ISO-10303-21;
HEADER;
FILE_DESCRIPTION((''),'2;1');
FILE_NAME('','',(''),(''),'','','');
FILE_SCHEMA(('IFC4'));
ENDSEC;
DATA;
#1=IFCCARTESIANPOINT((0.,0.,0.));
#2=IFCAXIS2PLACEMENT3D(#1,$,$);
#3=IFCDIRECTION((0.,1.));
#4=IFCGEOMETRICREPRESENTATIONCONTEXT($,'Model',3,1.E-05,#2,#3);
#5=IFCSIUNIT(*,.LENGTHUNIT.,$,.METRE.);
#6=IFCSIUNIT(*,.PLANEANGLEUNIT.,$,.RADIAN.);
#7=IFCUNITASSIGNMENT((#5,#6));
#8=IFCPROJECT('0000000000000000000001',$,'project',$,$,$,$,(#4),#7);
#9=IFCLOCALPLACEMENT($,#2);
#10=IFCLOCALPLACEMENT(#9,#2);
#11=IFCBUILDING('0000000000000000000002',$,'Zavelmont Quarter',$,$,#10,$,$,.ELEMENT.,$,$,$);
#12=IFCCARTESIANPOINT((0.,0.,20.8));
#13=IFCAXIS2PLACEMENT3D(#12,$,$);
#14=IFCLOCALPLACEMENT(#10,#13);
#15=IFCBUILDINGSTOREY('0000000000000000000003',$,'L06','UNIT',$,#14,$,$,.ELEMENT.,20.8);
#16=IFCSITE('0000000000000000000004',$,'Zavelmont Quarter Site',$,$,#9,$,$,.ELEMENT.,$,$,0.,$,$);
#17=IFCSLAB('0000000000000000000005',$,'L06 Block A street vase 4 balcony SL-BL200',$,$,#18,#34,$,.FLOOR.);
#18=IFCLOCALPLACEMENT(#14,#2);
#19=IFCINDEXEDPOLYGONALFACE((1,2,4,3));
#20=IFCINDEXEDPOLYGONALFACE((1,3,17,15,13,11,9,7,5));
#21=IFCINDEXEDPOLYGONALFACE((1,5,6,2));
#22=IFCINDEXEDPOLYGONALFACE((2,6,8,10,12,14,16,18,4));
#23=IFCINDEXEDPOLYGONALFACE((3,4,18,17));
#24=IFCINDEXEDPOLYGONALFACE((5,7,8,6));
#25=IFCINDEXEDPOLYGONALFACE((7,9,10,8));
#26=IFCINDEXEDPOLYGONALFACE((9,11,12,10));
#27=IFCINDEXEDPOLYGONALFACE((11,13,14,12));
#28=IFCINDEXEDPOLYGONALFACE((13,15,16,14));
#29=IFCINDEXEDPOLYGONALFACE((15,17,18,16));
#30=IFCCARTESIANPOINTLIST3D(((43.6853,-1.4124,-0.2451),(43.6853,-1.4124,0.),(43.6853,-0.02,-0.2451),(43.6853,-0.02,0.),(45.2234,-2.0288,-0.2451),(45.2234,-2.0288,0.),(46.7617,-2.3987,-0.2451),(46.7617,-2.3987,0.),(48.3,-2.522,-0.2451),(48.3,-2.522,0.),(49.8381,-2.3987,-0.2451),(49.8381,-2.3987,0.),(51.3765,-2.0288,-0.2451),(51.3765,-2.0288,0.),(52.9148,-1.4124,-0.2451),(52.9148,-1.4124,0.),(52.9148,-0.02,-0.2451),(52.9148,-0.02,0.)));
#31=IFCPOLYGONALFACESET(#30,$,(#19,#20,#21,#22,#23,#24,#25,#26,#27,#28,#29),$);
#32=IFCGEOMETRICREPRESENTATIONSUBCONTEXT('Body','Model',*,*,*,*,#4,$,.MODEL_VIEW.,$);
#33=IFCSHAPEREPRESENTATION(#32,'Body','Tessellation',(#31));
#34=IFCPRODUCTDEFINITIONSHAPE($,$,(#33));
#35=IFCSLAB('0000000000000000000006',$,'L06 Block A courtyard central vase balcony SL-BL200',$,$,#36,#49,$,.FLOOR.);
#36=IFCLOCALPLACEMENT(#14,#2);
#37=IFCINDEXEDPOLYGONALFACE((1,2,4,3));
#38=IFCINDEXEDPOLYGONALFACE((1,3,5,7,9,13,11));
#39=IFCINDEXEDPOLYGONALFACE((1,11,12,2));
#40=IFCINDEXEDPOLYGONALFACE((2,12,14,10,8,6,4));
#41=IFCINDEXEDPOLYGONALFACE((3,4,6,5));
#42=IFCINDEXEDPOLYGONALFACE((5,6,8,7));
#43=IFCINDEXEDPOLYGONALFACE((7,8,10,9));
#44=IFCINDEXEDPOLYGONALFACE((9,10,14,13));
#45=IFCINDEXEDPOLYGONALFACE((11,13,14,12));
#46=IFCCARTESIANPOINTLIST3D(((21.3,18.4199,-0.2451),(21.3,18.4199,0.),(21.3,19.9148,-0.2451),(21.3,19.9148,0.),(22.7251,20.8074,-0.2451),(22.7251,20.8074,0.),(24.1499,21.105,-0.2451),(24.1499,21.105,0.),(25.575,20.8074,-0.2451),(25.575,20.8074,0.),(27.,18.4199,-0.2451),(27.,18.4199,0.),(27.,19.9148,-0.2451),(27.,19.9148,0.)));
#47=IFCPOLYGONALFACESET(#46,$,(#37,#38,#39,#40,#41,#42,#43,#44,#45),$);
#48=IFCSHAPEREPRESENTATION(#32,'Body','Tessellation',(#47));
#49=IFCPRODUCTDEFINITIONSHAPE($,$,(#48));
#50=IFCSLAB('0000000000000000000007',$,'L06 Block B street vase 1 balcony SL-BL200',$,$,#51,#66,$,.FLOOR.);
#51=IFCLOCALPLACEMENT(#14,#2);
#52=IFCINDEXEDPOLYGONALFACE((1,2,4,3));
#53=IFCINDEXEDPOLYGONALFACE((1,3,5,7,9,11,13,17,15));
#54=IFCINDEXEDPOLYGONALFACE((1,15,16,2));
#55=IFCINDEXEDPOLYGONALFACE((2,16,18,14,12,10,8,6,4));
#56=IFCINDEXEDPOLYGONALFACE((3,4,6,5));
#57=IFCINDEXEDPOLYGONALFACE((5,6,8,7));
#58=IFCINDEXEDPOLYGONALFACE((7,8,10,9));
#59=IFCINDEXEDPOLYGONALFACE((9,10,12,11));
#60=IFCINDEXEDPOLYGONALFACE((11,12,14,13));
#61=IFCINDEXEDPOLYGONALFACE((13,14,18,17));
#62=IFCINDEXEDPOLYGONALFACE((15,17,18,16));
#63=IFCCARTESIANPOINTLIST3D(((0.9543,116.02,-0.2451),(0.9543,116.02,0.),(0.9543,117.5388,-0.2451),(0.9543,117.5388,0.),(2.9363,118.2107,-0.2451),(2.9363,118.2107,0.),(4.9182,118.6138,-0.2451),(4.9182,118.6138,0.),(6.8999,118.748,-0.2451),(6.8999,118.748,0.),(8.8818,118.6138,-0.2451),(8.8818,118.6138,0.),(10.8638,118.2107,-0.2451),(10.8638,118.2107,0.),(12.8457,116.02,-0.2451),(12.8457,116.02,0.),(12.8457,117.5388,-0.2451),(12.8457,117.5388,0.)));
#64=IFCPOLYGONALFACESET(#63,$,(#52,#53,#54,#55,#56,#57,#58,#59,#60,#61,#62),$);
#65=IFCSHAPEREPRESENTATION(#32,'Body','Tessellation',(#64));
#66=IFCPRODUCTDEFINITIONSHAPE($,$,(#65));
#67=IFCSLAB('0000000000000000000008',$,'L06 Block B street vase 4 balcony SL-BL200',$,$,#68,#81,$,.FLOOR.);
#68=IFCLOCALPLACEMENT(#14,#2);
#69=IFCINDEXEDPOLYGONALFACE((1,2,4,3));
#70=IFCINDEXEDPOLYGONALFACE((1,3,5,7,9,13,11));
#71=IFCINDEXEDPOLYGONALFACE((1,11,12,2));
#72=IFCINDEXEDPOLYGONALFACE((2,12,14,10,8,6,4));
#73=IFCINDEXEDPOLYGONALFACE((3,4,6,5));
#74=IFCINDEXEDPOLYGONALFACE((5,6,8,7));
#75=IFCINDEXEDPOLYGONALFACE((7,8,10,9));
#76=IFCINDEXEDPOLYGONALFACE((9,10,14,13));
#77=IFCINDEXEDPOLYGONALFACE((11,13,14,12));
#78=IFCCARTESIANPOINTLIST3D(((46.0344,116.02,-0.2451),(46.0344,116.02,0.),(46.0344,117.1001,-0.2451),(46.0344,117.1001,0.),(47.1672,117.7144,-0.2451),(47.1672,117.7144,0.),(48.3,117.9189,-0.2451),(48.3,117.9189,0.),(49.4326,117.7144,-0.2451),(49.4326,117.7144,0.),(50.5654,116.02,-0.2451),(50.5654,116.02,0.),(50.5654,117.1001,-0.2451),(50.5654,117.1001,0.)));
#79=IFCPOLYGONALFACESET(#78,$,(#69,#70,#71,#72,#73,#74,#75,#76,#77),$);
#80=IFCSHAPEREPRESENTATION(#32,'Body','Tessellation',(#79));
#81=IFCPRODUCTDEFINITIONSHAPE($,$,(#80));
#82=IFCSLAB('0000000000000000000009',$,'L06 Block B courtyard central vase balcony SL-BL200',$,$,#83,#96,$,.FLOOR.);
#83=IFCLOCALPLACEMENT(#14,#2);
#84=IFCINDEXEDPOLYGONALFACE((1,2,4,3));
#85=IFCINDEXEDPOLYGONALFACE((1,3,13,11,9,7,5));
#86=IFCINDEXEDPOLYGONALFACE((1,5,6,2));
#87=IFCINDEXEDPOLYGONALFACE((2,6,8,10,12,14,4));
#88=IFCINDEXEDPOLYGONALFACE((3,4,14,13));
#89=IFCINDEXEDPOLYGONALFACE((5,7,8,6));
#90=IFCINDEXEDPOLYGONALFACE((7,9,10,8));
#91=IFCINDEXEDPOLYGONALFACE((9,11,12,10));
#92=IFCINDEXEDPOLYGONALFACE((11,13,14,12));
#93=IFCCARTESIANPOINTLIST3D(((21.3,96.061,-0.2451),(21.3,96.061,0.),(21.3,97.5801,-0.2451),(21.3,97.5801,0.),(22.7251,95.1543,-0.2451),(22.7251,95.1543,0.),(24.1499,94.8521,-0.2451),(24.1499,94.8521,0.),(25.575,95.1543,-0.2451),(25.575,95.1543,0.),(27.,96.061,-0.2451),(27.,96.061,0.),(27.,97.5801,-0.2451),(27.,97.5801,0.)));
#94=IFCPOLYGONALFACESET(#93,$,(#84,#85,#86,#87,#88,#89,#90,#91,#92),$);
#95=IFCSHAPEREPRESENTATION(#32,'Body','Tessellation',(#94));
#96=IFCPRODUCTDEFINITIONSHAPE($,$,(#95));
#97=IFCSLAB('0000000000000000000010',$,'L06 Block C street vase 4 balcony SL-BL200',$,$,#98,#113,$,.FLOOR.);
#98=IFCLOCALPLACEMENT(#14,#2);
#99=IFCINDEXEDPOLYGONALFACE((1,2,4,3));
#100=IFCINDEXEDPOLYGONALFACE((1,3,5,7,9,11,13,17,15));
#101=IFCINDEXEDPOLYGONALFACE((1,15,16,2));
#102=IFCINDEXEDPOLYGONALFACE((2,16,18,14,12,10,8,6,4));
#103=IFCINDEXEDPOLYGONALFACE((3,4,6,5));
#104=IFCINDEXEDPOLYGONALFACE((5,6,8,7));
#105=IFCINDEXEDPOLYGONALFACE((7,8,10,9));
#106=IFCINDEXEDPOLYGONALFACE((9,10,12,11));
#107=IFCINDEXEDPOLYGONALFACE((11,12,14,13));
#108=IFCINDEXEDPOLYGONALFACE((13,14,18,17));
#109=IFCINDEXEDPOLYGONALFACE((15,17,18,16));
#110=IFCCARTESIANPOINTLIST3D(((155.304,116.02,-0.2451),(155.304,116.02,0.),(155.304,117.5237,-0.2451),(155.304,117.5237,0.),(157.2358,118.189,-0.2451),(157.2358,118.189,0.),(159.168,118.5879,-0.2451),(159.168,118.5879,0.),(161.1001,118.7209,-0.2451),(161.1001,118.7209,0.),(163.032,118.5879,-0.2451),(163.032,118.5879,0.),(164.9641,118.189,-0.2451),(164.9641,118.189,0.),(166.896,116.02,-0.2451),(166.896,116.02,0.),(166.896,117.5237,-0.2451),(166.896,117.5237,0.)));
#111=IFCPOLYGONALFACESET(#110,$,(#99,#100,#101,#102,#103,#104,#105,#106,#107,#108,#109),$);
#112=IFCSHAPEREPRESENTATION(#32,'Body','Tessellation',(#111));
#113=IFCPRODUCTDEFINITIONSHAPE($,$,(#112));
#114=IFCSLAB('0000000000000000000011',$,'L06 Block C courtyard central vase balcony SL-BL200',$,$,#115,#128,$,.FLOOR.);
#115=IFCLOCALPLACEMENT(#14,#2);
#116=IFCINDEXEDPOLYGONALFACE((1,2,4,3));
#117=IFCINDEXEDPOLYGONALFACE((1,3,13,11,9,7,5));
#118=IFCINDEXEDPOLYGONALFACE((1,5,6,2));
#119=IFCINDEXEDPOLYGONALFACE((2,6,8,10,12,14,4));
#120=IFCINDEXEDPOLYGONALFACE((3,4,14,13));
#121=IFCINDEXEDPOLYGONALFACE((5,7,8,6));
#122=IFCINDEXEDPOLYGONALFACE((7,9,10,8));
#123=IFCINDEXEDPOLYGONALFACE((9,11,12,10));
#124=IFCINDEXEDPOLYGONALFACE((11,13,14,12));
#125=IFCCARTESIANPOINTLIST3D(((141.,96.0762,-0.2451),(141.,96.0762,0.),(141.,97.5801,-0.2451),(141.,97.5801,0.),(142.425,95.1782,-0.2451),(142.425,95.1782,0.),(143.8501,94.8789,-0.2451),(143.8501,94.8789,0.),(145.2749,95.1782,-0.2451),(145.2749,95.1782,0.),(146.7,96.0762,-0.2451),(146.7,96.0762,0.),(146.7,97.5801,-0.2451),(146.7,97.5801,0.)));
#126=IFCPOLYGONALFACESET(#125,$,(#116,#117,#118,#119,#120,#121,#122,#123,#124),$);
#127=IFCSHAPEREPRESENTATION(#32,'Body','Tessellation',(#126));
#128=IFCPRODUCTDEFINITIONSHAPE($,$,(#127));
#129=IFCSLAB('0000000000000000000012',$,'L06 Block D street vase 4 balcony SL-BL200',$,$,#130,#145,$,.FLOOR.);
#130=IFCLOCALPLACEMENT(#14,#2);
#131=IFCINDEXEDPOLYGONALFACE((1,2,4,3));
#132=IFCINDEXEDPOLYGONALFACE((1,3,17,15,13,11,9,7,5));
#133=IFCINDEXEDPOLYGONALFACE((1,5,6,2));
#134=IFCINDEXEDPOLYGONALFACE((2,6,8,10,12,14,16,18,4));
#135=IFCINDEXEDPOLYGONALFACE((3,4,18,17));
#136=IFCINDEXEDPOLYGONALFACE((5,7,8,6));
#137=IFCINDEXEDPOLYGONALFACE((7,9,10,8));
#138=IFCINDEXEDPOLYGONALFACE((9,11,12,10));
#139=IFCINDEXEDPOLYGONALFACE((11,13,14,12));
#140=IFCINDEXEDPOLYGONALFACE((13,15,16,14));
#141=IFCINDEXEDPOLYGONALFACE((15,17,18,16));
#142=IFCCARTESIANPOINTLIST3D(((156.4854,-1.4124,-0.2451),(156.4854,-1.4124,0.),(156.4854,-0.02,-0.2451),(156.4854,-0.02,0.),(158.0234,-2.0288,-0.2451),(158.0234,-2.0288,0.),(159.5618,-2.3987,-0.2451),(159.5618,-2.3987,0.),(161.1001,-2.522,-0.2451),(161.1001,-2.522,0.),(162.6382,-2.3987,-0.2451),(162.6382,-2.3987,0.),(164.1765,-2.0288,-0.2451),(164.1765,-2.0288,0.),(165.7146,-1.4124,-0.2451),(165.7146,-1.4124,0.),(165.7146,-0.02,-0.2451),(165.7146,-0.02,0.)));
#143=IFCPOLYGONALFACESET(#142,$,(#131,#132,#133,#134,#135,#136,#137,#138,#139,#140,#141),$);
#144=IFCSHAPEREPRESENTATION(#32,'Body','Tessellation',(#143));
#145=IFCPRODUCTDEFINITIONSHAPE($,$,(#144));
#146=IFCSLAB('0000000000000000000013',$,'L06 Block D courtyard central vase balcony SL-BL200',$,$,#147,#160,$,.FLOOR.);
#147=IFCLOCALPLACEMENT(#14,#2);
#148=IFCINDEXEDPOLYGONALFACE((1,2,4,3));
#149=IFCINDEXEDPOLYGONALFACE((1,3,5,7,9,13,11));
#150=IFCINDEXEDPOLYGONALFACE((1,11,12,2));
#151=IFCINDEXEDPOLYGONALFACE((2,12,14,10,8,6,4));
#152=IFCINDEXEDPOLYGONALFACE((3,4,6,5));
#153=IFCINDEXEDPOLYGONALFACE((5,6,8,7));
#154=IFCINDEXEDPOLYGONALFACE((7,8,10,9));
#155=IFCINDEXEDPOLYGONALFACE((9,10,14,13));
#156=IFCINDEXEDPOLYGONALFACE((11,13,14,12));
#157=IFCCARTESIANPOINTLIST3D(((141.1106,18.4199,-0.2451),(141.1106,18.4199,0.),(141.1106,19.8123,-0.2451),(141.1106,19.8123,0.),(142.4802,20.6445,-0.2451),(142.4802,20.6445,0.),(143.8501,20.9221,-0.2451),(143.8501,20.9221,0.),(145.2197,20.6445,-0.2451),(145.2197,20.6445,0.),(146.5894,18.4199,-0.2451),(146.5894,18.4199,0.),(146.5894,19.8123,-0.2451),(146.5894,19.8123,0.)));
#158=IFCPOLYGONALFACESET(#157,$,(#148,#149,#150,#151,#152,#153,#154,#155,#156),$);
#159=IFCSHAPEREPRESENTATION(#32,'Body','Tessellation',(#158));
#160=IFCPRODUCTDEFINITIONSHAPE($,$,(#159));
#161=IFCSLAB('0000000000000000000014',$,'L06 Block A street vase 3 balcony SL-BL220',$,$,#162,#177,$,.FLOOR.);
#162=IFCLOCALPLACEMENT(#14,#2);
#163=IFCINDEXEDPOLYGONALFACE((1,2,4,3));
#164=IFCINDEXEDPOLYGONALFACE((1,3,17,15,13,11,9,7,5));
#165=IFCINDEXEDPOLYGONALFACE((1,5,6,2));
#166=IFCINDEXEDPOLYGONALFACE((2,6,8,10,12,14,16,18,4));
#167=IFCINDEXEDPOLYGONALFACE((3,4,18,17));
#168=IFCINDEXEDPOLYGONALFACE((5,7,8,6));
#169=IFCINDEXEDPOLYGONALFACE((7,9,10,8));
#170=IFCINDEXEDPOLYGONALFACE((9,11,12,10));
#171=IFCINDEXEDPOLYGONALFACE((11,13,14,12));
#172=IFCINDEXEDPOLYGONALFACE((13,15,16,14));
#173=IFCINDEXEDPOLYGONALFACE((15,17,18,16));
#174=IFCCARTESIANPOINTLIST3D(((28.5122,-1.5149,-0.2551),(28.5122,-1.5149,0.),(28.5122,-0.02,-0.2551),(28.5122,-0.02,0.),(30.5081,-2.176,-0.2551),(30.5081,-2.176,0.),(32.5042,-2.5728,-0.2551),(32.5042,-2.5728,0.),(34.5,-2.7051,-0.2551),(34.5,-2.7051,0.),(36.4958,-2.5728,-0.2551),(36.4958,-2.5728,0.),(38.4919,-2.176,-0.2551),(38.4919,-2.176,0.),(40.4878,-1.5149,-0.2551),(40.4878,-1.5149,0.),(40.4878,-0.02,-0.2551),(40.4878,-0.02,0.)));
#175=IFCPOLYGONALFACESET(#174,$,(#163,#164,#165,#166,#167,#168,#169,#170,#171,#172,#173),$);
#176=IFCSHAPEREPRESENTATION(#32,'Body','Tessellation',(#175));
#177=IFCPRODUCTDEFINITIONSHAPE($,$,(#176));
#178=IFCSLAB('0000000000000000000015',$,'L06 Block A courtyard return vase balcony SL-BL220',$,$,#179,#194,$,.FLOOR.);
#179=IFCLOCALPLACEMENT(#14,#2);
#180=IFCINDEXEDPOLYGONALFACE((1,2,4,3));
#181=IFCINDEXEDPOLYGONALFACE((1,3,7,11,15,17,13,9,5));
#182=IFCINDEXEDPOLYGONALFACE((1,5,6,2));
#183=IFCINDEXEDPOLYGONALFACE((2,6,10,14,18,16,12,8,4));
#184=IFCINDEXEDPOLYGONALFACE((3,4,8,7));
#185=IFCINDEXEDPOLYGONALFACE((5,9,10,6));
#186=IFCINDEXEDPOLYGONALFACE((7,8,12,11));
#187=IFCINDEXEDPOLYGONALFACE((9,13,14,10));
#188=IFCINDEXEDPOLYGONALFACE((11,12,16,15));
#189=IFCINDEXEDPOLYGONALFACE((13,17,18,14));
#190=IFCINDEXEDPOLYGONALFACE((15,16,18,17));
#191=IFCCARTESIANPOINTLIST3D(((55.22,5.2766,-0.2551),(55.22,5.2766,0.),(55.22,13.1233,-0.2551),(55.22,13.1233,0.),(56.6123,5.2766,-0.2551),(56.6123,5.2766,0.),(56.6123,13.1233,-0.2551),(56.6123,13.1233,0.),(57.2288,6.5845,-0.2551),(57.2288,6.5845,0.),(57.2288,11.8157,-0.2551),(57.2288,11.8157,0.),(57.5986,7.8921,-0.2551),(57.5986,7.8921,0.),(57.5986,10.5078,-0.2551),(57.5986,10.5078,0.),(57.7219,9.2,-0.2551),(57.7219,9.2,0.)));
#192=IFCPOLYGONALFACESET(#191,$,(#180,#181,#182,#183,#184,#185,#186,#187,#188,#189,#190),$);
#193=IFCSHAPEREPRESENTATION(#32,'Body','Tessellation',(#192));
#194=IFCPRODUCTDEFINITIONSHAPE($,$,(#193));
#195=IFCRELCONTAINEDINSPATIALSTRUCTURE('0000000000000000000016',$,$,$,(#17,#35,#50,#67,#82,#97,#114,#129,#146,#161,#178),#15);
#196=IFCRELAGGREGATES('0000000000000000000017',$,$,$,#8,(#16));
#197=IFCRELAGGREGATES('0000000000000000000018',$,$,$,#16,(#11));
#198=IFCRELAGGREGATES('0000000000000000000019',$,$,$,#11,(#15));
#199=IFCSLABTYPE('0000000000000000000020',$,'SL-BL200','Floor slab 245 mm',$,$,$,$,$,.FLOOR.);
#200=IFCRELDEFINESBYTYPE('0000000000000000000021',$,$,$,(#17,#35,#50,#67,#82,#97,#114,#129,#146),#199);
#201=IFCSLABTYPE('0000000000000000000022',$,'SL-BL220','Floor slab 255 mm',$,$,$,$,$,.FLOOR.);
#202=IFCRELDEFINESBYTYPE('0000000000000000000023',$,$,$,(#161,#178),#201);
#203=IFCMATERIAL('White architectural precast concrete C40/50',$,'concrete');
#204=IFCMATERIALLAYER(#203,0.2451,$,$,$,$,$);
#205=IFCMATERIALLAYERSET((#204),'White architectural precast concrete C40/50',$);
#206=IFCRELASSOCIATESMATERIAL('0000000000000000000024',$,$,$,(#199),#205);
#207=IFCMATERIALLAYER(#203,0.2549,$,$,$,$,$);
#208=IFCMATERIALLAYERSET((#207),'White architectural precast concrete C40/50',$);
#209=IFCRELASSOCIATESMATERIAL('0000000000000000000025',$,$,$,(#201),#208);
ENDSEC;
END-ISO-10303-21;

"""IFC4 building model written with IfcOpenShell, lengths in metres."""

from ifc_helpers import new_model, si_unit, direction, frame, origin, place, context, subcontext, project, spatial, polyline, outline, extrude, material, layer, layer_set, type_object, element, save


model = new_model("IFC4")

# Units and contexts
model_context = context("Model", 3, precision=1e-05, world=origin(), true_north=direction((0.0, 1.0)))
body_context = subcontext(model_context, "Body", "Model", "MODEL_VIEW")
ifc_project = project(units=[si_unit("LENGTHUNIT", "METRE"), si_unit("PLANEANGLEUNIT", "RADIAN")], contexts=[model_context])

# Site, building, storey
site_placement = place(None, origin())
site = spatial("IfcSite", under=ifc_project, at=site_placement, Name="Zavelmont Quarter Site", CompositionType="ELEMENT", RefElevation=0.0)
building_placement = place(site_placement, origin())
building = spatial("IfcBuilding", under=site, at=building_placement, Name="Zavelmont Quarter", CompositionType="ELEMENT")
storey_placement = place(building_placement, frame((0.0, 0.0, 20.8)))
storey = spatial("IfcBuildingStorey", under=building, at=storey_placement, Name="L06", Description="UNIT", CompositionType="ELEMENT", Elevation=20.8)

# Slabs
ifc_material_1 = material(Name="White architectural precast concrete C40/50", Category="concrete")
ifc_layer_1 = layer(ifc_material_1, 0.2451)
ifc_layer_set_1 = layer_set([ifc_layer_1], Name="White architectural precast concrete C40/50")
slab_type_1 = type_object("IfcSlabType", Name="SL-BL200", Description="Floor slab 245 mm", PredefinedType="FLOOR", material=ifc_layer_set_1)
slab_1_placement = place(storey_placement, frame((0.0, 0.0, -0.2451)))
element("IfcSlab", 1, at=slab_1_placement, inside=storey, type_object=slab_type_1, Name="L06 Block A street vase 4 balcony SL-BL200", PredefinedType="FLOOR", context=body_context, shape_type="SweptSolid", body=[
    extrude(outline(polyline([(43.6853, -0.02), (43.6853, -1.4124), (45.2234, -2.0288), (46.7617, -2.3987), (48.3, -2.522), (49.8381, -2.3987), (51.3765, -2.0288), (52.9148, -1.4124), (52.9148, -0.02), (43.6853, -0.02)])), origin(), (0.0, 0.0, 1.0), 0.2451),
])
slab_2_placement = place(storey_placement, frame((0.0, 0.0, -0.2451)))
element("IfcSlab", 2, at=slab_2_placement, inside=storey, type_object=slab_type_1, Name="L06 Block A courtyard central vase balcony SL-BL200", PredefinedType="FLOOR", context=body_context, shape_type="SweptSolid", body=[
    extrude(outline(polyline([(27.0, 18.4199), (27.0, 19.9148), (25.575, 20.8074), (24.1499, 21.105), (22.7251, 20.8074), (21.3, 19.9148), (21.3, 18.4199), (27.0, 18.4199)])), origin(), (0.0, 0.0, 1.0), 0.2451),
])
slab_3_placement = place(storey_placement, frame((0.0, 0.0, -0.2451)))
element("IfcSlab", 3, at=slab_3_placement, inside=storey, type_object=slab_type_1, Name="L06 Block B street vase 1 balcony SL-BL200", PredefinedType="FLOOR", context=body_context, shape_type="SweptSolid", body=[
    extrude(outline(polyline([(12.8457, 116.02), (12.8457, 117.5388), (10.8638, 118.2107), (8.8818, 118.6138), (6.8999, 118.748), (4.9182, 118.6138), (2.9363, 118.2107), (0.9543, 117.5388), (0.9543, 116.02), (12.8457, 116.02)])), origin(), (0.0, 0.0, 1.0), 0.2451),
])
slab_4_placement = place(storey_placement, frame((0.0, 0.0, -0.2451)))
element("IfcSlab", 4, at=slab_4_placement, inside=storey, type_object=slab_type_1, Name="L06 Block B street vase 4 balcony SL-BL200", PredefinedType="FLOOR", context=body_context, shape_type="SweptSolid", body=[
    extrude(outline(polyline([(50.5654, 116.02), (50.5654, 117.1001), (49.4326, 117.7144), (48.3, 117.9189), (47.1672, 117.7144), (46.0344, 117.1001), (46.0344, 116.02), (50.5654, 116.02)])), origin(), (0.0, 0.0, 1.0), 0.2451),
])
slab_5_placement = place(storey_placement, frame((0.0, 0.0, -0.2451)))
element("IfcSlab", 5, at=slab_5_placement, inside=storey, type_object=slab_type_1, Name="L06 Block B courtyard central vase balcony SL-BL200", PredefinedType="FLOOR", context=body_context, shape_type="SweptSolid", body=[
    extrude(outline(polyline([(21.3, 97.5801), (21.3, 96.061), (22.7251, 95.1543), (24.1499, 94.8521), (25.575, 95.1543), (27.0, 96.061), (27.0, 97.5801), (21.3, 97.5801)])), origin(), (0.0, 0.0, 1.0), 0.2451),
])
slab_6_placement = place(storey_placement, frame((0.0, 0.0, -0.2451)))
element("IfcSlab", 6, at=slab_6_placement, inside=storey, type_object=slab_type_1, Name="L06 Block C street vase 4 balcony SL-BL200", PredefinedType="FLOOR", context=body_context, shape_type="SweptSolid", body=[
    extrude(outline(polyline([(166.896, 116.02), (166.896, 117.5237), (164.9641, 118.189), (163.032, 118.5879), (161.1001, 118.7209), (159.168, 118.5879), (157.2358, 118.189), (155.304, 117.5237), (155.304, 116.02), (166.896, 116.02)])), origin(), (0.0, 0.0, 1.0), 0.2451),
])
slab_7_placement = place(storey_placement, frame((0.0, 0.0, -0.2451)))
element("IfcSlab", 7, at=slab_7_placement, inside=storey, type_object=slab_type_1, Name="L06 Block C courtyard central vase balcony SL-BL200", PredefinedType="FLOOR", context=body_context, shape_type="SweptSolid", body=[
    extrude(outline(polyline([(141.0, 97.5801), (141.0, 96.0762), (142.425, 95.1782), (143.8501, 94.8789), (145.2749, 95.1782), (146.7, 96.0762), (146.7, 97.5801), (141.0, 97.5801)])), origin(), (0.0, 0.0, 1.0), 0.2451),
])
slab_8_placement = place(storey_placement, frame((0.0, 0.0, -0.2451)))
element("IfcSlab", 8, at=slab_8_placement, inside=storey, type_object=slab_type_1, Name="L06 Block D street vase 4 balcony SL-BL200", PredefinedType="FLOOR", context=body_context, shape_type="SweptSolid", body=[
    extrude(outline(polyline([(156.4854, -0.02), (156.4854, -1.4124), (158.0234, -2.0288), (159.5618, -2.3987), (161.1001, -2.522), (162.6382, -2.3987), (164.1765, -2.0288), (165.7146, -1.4124), (165.7146, -0.02), (156.4854, -0.02)])), origin(), (0.0, 0.0, 1.0), 0.2451),
])
slab_9_placement = place(storey_placement, frame((0.0, 0.0, -0.2451)))
element("IfcSlab", 9, at=slab_9_placement, inside=storey, type_object=slab_type_1, Name="L06 Block D courtyard central vase balcony SL-BL200", PredefinedType="FLOOR", context=body_context, shape_type="SweptSolid", body=[
    extrude(outline(polyline([(146.5894, 18.4199), (146.5894, 19.8123), (145.2197, 20.6445), (143.8501, 20.9221), (142.4802, 20.6445), (141.1106, 19.8123), (141.1106, 18.4199), (146.5894, 18.4199)])), origin(), (0.0, 0.0, 1.0), 0.2451),
])
ifc_layer_2 = layer(ifc_material_1, 0.2549)
ifc_layer_set_2 = layer_set([ifc_layer_2], Name="White architectural precast concrete C40/50")
slab_type_2 = type_object("IfcSlabType", Name="SL-BL220", Description="Floor slab 255 mm", PredefinedType="FLOOR", material=ifc_layer_set_2)
slab_10_placement = place(storey_placement, frame((0.0, 0.0, -0.2551)))
element("IfcSlab", 10, at=slab_10_placement, inside=storey, type_object=slab_type_2, Name="L06 Block A street vase 3 balcony SL-BL220", PredefinedType="FLOOR", context=body_context, shape_type="SweptSolid", body=[
    extrude(outline(polyline([(28.5122, -0.02), (28.5122, -1.5149), (30.5081, -2.176), (32.5042, -2.5728), (34.5, -2.7051), (36.4958, -2.5728), (38.4919, -2.176), (40.4878, -1.5149), (40.4878, -0.02), (28.5122, -0.02)])), origin(), (0.0, 0.0, 1.0), 0.2551),
])
slab_11_placement = place(storey_placement, frame((0.0, 0.0, -0.2551)))
element("IfcSlab", 11, at=slab_11_placement, inside=storey, type_object=slab_type_2, Name="L06 Block A courtyard return vase balcony SL-BL220", PredefinedType="FLOOR", context=body_context, shape_type="SweptSolid", body=[
    extrude(outline(polyline([(55.22, 5.2766), (56.6123, 5.2766), (57.2288, 6.5845), (57.5986, 7.8921), (57.7219, 9.2), (57.5986, 10.5078), (57.2288, 11.8157), (56.6123, 13.1233), (55.22, 13.1233), (55.22, 5.2766)])), origin(), (0.0, 0.0, 1.0), 0.2551),
])

save(model, "model.ifc")
